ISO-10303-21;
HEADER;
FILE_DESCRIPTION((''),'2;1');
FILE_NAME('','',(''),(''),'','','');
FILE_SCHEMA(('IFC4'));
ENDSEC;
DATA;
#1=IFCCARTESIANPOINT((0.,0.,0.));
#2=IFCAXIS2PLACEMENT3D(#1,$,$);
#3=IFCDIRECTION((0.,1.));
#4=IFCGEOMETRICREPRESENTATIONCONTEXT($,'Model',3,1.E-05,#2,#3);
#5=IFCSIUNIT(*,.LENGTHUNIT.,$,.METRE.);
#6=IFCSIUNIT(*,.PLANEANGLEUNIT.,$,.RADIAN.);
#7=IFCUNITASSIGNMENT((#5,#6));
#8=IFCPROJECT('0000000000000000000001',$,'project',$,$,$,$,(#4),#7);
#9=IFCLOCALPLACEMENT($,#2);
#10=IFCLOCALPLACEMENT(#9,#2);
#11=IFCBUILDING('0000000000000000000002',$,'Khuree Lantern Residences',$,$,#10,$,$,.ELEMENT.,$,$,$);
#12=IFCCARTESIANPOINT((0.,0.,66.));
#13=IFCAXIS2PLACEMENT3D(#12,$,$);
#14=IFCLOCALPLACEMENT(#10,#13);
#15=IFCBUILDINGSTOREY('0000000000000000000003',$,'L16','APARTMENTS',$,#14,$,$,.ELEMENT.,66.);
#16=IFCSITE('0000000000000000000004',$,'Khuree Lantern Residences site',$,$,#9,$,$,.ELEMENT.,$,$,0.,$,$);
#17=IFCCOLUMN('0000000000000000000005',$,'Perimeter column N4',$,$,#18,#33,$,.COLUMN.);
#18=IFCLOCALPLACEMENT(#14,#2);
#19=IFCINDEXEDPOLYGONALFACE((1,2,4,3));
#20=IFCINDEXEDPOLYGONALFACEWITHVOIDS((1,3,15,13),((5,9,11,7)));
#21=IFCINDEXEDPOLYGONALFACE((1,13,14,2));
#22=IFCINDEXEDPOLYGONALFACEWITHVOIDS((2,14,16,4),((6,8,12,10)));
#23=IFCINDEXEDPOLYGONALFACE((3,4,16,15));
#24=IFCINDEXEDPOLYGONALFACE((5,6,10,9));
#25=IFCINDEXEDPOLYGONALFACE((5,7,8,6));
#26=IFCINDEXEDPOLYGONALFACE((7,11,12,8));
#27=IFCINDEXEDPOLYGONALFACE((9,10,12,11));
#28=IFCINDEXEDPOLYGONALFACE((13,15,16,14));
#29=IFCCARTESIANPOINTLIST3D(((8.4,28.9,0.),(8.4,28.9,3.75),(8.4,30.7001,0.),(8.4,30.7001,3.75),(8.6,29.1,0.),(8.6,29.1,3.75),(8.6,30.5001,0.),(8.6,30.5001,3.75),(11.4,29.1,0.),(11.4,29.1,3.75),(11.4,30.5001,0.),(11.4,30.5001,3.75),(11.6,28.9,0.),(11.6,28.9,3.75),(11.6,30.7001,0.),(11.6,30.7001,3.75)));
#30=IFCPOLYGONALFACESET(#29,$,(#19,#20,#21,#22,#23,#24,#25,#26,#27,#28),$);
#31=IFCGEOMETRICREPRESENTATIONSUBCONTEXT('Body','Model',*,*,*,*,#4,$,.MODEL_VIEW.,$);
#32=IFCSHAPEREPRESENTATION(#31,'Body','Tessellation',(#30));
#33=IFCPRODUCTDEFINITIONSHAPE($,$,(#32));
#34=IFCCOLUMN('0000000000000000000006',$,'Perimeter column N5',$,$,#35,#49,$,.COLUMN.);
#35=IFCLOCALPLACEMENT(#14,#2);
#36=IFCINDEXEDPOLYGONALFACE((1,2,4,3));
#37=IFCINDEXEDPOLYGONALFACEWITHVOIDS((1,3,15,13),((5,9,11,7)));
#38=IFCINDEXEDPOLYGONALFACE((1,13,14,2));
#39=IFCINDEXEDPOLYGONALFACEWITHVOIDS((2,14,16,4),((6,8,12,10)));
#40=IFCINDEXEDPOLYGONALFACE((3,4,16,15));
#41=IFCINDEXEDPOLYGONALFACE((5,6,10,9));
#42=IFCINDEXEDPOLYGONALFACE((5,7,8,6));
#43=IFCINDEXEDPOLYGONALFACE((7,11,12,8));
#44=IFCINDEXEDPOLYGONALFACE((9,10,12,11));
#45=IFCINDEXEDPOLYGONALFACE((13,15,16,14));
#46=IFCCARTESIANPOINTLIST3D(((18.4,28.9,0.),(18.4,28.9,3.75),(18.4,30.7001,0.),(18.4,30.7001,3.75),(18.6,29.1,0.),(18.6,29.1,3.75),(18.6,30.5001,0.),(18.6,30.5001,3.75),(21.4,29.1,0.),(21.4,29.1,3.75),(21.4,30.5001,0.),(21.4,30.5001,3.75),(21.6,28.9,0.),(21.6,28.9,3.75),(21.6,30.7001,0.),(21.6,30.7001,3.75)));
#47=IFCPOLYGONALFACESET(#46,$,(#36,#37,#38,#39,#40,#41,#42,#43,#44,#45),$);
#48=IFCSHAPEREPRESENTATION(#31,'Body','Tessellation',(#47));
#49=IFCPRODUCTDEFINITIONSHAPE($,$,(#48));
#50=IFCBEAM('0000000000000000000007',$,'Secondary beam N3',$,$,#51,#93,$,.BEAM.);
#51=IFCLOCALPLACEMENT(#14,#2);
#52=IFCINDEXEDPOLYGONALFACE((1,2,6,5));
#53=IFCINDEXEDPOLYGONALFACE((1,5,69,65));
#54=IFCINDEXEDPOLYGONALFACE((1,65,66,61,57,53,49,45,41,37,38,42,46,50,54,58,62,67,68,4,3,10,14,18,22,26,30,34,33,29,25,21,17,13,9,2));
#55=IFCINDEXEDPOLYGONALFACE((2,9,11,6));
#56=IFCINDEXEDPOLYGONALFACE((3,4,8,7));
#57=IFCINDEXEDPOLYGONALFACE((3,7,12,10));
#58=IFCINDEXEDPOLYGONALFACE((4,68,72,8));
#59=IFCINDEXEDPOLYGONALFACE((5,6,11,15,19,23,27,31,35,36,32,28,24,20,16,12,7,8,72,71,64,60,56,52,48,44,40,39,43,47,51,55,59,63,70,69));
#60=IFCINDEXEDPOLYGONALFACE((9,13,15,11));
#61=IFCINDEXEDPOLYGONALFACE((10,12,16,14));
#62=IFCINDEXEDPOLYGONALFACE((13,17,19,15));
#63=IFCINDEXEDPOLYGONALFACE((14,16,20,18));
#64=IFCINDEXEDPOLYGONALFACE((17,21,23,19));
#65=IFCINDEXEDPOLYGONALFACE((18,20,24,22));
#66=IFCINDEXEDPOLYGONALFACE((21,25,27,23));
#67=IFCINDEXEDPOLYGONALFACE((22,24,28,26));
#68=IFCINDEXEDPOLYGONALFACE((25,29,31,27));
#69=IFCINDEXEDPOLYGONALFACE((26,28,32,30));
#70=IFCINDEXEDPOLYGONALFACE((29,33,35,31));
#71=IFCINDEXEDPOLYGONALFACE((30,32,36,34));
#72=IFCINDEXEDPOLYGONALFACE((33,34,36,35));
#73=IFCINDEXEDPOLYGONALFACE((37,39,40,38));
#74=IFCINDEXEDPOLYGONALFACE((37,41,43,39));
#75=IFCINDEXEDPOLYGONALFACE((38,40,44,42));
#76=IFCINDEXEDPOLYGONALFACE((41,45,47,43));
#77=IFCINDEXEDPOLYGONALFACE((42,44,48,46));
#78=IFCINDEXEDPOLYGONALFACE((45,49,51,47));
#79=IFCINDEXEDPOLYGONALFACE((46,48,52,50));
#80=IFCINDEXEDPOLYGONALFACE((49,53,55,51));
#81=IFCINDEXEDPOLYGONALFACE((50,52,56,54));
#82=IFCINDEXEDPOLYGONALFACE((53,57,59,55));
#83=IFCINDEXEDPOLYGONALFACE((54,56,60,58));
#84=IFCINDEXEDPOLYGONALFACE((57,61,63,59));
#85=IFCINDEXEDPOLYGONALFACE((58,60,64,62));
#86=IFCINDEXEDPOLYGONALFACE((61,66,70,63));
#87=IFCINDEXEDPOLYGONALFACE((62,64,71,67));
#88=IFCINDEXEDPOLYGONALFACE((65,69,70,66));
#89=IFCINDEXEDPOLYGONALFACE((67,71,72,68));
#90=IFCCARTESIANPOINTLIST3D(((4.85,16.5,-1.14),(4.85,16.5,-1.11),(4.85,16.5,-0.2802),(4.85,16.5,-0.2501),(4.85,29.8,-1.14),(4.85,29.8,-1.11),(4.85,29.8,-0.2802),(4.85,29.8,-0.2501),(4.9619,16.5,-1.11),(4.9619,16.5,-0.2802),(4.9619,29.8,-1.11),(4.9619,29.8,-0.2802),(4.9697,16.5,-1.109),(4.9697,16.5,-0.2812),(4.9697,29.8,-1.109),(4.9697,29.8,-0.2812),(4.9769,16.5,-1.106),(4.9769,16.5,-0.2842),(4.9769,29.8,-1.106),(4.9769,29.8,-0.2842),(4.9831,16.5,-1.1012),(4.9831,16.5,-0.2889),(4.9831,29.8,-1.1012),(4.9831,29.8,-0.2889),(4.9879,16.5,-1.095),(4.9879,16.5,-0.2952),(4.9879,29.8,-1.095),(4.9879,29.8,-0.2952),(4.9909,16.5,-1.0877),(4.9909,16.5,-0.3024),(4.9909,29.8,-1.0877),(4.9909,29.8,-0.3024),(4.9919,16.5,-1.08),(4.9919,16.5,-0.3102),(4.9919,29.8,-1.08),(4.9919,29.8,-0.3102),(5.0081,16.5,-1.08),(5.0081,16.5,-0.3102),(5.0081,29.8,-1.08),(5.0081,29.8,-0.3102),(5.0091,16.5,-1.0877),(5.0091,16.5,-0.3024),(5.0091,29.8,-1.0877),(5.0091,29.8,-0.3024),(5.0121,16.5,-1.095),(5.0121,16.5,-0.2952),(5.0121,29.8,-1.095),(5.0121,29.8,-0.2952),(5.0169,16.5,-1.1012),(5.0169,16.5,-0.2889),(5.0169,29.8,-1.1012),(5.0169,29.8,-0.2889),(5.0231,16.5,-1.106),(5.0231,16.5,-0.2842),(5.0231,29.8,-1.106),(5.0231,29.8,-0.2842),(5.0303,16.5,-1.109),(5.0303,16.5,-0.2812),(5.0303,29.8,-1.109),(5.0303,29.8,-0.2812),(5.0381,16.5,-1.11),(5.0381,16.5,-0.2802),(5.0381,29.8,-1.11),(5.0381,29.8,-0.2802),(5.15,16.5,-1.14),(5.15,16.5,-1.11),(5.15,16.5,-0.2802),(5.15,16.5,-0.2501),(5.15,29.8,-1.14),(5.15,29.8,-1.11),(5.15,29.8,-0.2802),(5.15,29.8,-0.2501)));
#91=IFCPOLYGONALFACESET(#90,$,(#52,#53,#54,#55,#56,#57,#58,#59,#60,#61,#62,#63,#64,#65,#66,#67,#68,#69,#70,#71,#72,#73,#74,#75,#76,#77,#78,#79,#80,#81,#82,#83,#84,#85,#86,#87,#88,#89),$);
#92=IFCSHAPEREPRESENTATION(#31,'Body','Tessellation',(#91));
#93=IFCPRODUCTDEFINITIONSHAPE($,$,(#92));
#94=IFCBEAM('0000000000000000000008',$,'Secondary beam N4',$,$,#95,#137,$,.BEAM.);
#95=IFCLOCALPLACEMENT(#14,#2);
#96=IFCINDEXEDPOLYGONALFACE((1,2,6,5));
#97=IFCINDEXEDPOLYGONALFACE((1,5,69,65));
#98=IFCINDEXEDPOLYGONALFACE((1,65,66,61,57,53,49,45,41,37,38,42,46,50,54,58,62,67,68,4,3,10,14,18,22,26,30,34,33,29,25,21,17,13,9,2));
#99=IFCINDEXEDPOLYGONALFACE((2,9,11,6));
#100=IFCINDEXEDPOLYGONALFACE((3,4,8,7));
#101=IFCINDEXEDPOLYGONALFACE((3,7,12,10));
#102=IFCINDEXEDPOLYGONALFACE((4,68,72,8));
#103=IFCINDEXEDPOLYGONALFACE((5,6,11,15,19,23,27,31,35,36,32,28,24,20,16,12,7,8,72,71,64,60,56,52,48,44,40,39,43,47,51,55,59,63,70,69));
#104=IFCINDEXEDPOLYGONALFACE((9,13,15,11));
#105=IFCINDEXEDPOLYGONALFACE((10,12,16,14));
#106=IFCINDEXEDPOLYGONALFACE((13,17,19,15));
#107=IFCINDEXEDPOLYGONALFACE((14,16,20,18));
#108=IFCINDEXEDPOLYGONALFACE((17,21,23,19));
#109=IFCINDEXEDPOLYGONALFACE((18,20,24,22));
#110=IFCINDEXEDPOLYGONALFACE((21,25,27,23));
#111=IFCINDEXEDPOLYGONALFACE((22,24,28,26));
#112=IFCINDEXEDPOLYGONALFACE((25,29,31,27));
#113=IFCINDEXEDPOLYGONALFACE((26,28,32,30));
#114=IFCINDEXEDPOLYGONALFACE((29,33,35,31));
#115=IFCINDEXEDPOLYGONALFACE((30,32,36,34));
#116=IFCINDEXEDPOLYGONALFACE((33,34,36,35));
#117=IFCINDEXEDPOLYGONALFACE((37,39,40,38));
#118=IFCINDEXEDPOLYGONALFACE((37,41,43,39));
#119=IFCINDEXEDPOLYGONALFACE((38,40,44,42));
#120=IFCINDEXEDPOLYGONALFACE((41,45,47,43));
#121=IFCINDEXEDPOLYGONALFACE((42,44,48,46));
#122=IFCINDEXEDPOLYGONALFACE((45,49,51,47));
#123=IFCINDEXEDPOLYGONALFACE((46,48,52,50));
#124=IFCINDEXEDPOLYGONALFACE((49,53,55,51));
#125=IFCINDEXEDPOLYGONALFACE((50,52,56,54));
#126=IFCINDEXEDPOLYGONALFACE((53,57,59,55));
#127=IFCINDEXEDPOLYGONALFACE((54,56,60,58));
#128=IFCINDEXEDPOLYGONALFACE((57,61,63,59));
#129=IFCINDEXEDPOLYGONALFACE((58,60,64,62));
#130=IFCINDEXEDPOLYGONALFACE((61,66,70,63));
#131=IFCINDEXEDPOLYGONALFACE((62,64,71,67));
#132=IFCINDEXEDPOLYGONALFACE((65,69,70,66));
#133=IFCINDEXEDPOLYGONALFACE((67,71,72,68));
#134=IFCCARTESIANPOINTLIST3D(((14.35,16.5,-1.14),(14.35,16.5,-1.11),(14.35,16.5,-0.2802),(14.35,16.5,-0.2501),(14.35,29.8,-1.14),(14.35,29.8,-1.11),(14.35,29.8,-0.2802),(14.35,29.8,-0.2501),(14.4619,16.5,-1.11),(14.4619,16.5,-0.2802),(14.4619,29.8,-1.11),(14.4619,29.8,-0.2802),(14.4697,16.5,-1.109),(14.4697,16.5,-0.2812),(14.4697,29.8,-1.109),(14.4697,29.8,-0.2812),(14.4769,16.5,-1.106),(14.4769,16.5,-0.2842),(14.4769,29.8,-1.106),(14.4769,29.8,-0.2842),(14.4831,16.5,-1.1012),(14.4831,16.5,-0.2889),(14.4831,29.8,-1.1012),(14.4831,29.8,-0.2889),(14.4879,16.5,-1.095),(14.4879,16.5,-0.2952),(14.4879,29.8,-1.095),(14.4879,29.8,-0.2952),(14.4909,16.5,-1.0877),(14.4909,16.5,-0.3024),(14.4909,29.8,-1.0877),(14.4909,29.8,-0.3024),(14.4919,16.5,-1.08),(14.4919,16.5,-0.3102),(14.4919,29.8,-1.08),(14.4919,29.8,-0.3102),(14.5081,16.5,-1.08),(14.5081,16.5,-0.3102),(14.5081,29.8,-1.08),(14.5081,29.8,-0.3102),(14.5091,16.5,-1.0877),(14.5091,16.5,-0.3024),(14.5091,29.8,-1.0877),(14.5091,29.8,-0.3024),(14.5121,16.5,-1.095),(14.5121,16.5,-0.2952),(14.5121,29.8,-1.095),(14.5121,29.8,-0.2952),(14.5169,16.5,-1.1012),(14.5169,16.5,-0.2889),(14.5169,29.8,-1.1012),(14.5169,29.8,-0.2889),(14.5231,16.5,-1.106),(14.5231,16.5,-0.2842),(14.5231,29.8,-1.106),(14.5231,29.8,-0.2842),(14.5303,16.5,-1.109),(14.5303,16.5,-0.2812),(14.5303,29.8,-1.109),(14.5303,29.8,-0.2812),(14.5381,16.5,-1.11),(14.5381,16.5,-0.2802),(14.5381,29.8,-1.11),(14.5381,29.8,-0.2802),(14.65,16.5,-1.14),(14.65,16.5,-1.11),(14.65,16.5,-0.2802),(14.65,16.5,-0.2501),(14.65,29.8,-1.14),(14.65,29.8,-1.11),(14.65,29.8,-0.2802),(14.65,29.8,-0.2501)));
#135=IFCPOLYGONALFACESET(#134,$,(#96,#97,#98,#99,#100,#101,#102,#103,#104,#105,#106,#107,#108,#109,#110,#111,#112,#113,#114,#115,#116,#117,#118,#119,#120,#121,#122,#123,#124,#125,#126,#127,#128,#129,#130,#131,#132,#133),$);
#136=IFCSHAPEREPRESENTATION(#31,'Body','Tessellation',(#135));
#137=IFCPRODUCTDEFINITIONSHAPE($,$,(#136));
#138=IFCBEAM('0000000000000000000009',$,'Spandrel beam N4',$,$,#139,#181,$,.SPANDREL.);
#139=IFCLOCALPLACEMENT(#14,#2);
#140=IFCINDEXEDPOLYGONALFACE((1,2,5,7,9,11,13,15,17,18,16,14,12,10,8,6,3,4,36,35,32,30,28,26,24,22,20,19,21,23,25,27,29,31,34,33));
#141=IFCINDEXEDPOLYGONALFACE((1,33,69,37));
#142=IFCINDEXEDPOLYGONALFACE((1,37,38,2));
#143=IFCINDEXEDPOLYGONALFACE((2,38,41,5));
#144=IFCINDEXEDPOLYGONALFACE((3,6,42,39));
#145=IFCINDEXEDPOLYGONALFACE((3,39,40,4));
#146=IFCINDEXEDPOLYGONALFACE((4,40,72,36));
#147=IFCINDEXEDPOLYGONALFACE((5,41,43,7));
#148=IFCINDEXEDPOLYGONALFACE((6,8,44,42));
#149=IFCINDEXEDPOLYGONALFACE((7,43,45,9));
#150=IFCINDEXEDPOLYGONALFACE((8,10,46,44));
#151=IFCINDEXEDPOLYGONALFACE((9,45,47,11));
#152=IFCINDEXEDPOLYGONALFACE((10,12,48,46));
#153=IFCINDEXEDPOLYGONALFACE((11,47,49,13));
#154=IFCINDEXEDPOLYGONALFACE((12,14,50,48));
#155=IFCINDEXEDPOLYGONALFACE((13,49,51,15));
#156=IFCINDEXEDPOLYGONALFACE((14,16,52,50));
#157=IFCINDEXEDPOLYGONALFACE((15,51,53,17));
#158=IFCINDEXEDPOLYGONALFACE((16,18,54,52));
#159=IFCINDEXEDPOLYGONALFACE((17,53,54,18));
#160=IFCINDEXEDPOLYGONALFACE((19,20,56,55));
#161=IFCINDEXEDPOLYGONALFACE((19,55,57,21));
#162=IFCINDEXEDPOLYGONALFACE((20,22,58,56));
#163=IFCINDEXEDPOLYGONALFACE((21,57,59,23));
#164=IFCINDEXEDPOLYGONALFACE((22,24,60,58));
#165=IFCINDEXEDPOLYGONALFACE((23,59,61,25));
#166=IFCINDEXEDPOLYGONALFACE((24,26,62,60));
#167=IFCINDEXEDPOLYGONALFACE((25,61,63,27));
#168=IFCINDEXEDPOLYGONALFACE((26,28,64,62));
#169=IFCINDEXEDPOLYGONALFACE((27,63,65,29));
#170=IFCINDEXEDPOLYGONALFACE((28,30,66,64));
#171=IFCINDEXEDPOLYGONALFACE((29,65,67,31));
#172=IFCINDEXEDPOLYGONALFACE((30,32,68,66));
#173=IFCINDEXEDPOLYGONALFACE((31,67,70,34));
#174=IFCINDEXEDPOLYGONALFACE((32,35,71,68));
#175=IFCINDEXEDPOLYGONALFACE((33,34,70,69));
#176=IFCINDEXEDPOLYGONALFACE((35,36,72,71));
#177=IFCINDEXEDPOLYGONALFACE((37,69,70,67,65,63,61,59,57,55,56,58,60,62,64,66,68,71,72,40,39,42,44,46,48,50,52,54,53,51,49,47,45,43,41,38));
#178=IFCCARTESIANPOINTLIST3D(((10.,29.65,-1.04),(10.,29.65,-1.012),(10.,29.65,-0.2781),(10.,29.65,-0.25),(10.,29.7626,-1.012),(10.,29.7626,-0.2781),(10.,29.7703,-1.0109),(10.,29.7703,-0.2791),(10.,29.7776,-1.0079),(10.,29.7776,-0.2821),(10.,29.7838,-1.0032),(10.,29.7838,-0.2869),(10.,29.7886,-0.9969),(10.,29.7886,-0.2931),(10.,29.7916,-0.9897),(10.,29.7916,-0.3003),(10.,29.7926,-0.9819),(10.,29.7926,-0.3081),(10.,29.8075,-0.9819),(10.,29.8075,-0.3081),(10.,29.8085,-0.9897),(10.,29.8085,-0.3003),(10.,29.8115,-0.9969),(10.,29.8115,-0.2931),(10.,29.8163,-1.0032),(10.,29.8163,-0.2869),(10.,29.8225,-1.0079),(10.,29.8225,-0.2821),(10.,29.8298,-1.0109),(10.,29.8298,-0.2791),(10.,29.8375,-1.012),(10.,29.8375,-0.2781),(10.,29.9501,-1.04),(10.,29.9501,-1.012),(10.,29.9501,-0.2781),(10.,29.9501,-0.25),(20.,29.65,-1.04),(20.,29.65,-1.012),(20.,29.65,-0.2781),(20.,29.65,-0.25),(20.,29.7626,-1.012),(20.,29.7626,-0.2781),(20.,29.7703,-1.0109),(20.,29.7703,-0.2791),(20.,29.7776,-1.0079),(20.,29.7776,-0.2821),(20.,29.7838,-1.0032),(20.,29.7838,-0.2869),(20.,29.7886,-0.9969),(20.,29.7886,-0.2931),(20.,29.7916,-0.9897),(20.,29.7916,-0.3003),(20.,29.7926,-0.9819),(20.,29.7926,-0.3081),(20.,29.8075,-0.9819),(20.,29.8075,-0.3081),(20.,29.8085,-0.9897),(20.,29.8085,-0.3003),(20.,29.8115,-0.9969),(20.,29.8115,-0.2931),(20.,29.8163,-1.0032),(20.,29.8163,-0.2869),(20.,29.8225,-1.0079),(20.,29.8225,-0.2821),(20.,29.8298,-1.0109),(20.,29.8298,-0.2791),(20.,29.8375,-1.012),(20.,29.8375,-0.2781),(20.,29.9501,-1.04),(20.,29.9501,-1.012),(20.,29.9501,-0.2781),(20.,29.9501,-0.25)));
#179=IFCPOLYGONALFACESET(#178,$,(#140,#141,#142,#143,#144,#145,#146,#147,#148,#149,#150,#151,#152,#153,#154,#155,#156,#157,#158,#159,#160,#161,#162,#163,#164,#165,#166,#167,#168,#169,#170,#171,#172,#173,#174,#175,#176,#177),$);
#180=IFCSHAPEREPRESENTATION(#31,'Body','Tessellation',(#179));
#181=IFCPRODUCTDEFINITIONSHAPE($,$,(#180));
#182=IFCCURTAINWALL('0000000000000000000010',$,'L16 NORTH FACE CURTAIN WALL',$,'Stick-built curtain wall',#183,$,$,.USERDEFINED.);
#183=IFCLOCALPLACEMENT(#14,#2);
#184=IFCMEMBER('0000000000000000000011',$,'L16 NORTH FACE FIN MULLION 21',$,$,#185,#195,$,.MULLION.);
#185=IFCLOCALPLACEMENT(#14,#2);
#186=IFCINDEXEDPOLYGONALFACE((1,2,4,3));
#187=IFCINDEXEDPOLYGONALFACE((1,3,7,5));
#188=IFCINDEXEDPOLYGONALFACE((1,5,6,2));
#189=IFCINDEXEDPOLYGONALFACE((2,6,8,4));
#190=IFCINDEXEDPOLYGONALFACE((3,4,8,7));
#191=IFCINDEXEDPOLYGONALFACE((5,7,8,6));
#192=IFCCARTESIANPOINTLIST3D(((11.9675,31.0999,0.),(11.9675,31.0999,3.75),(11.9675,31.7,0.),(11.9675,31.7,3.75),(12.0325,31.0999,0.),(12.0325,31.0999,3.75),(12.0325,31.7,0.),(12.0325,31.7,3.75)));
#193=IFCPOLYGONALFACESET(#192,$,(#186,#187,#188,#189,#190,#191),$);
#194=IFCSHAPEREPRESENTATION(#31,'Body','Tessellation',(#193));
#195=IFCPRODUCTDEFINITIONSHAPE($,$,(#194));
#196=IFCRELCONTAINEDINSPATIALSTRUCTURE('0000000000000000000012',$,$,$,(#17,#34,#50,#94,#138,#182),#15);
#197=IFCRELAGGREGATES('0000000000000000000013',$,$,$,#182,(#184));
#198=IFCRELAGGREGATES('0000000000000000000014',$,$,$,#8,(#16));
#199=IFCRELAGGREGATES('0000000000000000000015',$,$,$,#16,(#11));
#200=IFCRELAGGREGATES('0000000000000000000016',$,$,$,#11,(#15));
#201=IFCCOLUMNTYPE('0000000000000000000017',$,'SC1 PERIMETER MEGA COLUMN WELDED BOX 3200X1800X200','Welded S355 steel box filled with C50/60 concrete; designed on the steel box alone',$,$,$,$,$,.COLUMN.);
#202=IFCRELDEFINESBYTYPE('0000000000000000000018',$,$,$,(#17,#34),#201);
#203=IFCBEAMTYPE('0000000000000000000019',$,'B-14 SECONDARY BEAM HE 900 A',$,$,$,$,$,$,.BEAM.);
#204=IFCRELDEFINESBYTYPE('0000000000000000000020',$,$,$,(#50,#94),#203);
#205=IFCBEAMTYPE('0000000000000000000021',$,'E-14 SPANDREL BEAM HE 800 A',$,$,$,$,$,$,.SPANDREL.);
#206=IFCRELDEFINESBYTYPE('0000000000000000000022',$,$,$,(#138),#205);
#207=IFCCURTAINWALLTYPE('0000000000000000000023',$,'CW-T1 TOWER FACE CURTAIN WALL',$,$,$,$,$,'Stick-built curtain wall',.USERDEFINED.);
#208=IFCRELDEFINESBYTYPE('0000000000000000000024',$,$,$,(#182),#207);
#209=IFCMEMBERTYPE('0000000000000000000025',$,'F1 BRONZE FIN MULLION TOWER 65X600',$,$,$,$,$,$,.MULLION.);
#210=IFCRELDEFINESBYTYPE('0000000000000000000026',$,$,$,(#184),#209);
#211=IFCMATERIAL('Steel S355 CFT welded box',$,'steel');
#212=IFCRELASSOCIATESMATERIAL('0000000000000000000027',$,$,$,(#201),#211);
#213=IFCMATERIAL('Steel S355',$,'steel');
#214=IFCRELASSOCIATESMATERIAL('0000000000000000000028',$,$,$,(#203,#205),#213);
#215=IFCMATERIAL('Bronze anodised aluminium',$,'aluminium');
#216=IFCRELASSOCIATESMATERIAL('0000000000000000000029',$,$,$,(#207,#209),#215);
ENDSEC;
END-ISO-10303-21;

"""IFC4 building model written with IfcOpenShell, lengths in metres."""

from ifc_helpers import new_model, si_unit, direction, frame, origin, origin_2d, place, context, subcontext, project, spatial, rectangle, hollow_rectangle, i_section, extrude, material, material_profile, profile_set, type_object, element, aggregate, save


model = new_model("IFC4")

# Units and contexts
model_context = context("Model", 3, precision=1e-05, world=origin(), true_north=direction((0.0, 1.0)))
body_context = subcontext(model_context, "Body", "Model", "MODEL_VIEW")
ifc_project = project(units=[si_unit("LENGTHUNIT", "METRE"), si_unit("PLANEANGLEUNIT", "RADIAN")], contexts=[model_context])

# Site, building, storey
site_placement = place(None, origin())
site = spatial("IfcSite", under=ifc_project, at=site_placement, Name="Khuree Lantern Residences site", CompositionType="ELEMENT", RefElevation=0.0)
building_placement = place(site_placement, origin())
building = spatial("IfcBuilding", under=site, at=building_placement, Name="Khuree Lantern Residences", CompositionType="ELEMENT")
storey_placement = place(building_placement, frame((0.0, 0.0, 66.0)))
storey = spatial("IfcBuildingStorey", under=building, at=storey_placement, Name="L16", Description="APARTMENTS", CompositionType="ELEMENT", Elevation=66.0)

# Columns
ifc_material_1 = material(Name="Steel S355 CFT welded box", Category="steel")
ifc_material_profile_1 = material_profile(ifc_material_1, hollow_rectangle(XDim=3.2, YDim=1.8, WallThickness=0.2, at=origin_2d()), Name="WELDED BOX 3200X1800X200")
ifc_profile_set_1 = profile_set([ifc_material_profile_1], Name="Steel S355 CFT welded box")
column_type = type_object("IfcColumnType", Name="SC1 PERIMETER MEGA COLUMN WELDED BOX 3200X1800X200", Description="Welded S355 steel box filled with C50/60 concrete; designed on the steel box alone", PredefinedType="COLUMN", material=ifc_profile_set_1)
for number, where, z_axis, x_axis, name in (
    (1, (10.0, 29.8, 0.0), (0.0, 0.0, 1.0), (1.0, 0.0, 0.0), "Perimeter column N4"),
    (2, (20.0, 29.8, 0.0), (0.0, 0.0, 1.0), (1.0, 0.0, 0.0), "Perimeter column N5"),
):
    element("IfcColumn", number, at=place(storey_placement, frame(where, z_axis=z_axis, x_axis=x_axis)), inside=storey, type_object=column_type, Name=name, PredefinedType="COLUMN", context=body_context, shape_type="SweptSolid", body=[
        extrude(hollow_rectangle(XDim=3.2, YDim=1.8, WallThickness=0.2, at=origin_2d()), origin(), (0.0, 0.0, 1.0), 3.75),
    ])

# Beams
ifc_material_2 = material(Name="Steel S355", Category="steel")
ifc_material_profile_2 = material_profile(ifc_material_2, i_section(OverallWidth=0.3, OverallDepth=0.8899, WebThickness=0.0161, FlangeThickness=0.03, FilletRadius=0.03, at=origin_2d()), Name="HE 900 A")
ifc_profile_set_2 = profile_set([ifc_material_profile_2], Name="Steel S355")
beam_type_1 = type_object("IfcBeamType", Name="B-14 SECONDARY BEAM HE 900 A", PredefinedType="BEAM", material=ifc_profile_set_2)
for number, where, z_axis, x_axis, name in (
    (3, (5.0, 29.8, -0.6951), (0.0, -1.0, 0.0), (1.0, 0.0, 0.0), "Secondary beam N3"),
    (4, (14.5, 29.8, -0.6951), (0.0, -1.0, 0.0), (1.0, 0.0, 0.0), "Secondary beam N4"),
):
    element("IfcBeam", number, at=place(storey_placement, frame(where, z_axis=z_axis, x_axis=x_axis)), inside=storey, type_object=beam_type_1, Name=name, PredefinedType="BEAM", context=body_context, shape_type="SweptSolid", body=[
        extrude(i_section(OverallWidth=0.3, OverallDepth=0.8899, WebThickness=0.0161, FlangeThickness=0.03, FilletRadius=0.03, at=origin_2d()), origin(), (0.0, 0.0, 1.0), 13.3),
    ])
ifc_material_profile_3 = material_profile(ifc_material_2, i_section(OverallWidth=0.3, OverallDepth=0.79, WebThickness=0.0149, FlangeThickness=0.0281, FilletRadius=0.03, at=origin_2d()), Name="HE 800 A")
ifc_profile_set_3 = profile_set([ifc_material_profile_3], Name="Steel S355")
beam_type_2 = type_object("IfcBeamType", Name="E-14 SPANDREL BEAM HE 800 A", PredefinedType="SPANDREL", material=ifc_profile_set_3)
beam_1_placement = place(storey_placement, frame((10.0, 29.8, -0.645), z_axis=(1.0, 0.0, 0.0), x_axis=(0.0, 1.0, 0.0)))
element("IfcBeam", 5, at=beam_1_placement, inside=storey, type_object=beam_type_2, Name="Spandrel beam N4", PredefinedType="SPANDREL", context=body_context, shape_type="SweptSolid", body=[
    extrude(i_section(OverallWidth=0.3, OverallDepth=0.79, WebThickness=0.0149, FlangeThickness=0.0281, FilletRadius=0.03, at=origin_2d()), origin(), (0.0, 0.0, 1.0), 10.0),
])

# Curtain wall, member
ifc_material_3 = material(Name="Bronze anodised aluminium", Category="aluminium")
curtain_wall_type = type_object("IfcCurtainWallType", Name="CW-T1 TOWER FACE CURTAIN WALL", ElementType="Stick-built curtain wall", PredefinedType="USERDEFINED", material=ifc_material_3)
curtain_wall_placement = place(storey_placement, origin())
curtain_wall = element("IfcCurtainWall", 6, at=curtain_wall_placement, inside=storey, type_object=curtain_wall_type, Name="L16 NORTH FACE CURTAIN WALL", ObjectType="Stick-built curtain wall", PredefinedType="USERDEFINED")
ifc_material_profile_4 = material_profile(ifc_material_3, rectangle(XDim=0.0649, YDim=0.6001, at=origin_2d()), Name="F1 65X600")
ifc_profile_set_4 = profile_set([ifc_material_profile_4], Name="Bronze anodised aluminium")
member_type_1 = type_object("IfcMemberType", Name="F1 BRONZE FIN MULLION TOWER 65X600", PredefinedType="MULLION", material=ifc_profile_set_4)
member_1_placement = place(storey_placement, frame((12.0, 31.3999, 0.0), z_axis=(0.0, 0.0, 1.0), x_axis=(-1.0, 0.0, 0.0)))
member_1 = element("IfcMember", 7, at=member_1_placement, type_object=member_type_1, Name="L16 NORTH FACE FIN MULLION 21", PredefinedType="MULLION", context=body_context, shape_type="SweptSolid", body=[
    extrude(rectangle(XDim=0.0649, YDim=0.6001, at=origin_2d()), origin(), (0.0, 0.0, 1.0), 3.75),
])

aggregate(curtain_wall, [member_1])

save(model, "model.ifc")
